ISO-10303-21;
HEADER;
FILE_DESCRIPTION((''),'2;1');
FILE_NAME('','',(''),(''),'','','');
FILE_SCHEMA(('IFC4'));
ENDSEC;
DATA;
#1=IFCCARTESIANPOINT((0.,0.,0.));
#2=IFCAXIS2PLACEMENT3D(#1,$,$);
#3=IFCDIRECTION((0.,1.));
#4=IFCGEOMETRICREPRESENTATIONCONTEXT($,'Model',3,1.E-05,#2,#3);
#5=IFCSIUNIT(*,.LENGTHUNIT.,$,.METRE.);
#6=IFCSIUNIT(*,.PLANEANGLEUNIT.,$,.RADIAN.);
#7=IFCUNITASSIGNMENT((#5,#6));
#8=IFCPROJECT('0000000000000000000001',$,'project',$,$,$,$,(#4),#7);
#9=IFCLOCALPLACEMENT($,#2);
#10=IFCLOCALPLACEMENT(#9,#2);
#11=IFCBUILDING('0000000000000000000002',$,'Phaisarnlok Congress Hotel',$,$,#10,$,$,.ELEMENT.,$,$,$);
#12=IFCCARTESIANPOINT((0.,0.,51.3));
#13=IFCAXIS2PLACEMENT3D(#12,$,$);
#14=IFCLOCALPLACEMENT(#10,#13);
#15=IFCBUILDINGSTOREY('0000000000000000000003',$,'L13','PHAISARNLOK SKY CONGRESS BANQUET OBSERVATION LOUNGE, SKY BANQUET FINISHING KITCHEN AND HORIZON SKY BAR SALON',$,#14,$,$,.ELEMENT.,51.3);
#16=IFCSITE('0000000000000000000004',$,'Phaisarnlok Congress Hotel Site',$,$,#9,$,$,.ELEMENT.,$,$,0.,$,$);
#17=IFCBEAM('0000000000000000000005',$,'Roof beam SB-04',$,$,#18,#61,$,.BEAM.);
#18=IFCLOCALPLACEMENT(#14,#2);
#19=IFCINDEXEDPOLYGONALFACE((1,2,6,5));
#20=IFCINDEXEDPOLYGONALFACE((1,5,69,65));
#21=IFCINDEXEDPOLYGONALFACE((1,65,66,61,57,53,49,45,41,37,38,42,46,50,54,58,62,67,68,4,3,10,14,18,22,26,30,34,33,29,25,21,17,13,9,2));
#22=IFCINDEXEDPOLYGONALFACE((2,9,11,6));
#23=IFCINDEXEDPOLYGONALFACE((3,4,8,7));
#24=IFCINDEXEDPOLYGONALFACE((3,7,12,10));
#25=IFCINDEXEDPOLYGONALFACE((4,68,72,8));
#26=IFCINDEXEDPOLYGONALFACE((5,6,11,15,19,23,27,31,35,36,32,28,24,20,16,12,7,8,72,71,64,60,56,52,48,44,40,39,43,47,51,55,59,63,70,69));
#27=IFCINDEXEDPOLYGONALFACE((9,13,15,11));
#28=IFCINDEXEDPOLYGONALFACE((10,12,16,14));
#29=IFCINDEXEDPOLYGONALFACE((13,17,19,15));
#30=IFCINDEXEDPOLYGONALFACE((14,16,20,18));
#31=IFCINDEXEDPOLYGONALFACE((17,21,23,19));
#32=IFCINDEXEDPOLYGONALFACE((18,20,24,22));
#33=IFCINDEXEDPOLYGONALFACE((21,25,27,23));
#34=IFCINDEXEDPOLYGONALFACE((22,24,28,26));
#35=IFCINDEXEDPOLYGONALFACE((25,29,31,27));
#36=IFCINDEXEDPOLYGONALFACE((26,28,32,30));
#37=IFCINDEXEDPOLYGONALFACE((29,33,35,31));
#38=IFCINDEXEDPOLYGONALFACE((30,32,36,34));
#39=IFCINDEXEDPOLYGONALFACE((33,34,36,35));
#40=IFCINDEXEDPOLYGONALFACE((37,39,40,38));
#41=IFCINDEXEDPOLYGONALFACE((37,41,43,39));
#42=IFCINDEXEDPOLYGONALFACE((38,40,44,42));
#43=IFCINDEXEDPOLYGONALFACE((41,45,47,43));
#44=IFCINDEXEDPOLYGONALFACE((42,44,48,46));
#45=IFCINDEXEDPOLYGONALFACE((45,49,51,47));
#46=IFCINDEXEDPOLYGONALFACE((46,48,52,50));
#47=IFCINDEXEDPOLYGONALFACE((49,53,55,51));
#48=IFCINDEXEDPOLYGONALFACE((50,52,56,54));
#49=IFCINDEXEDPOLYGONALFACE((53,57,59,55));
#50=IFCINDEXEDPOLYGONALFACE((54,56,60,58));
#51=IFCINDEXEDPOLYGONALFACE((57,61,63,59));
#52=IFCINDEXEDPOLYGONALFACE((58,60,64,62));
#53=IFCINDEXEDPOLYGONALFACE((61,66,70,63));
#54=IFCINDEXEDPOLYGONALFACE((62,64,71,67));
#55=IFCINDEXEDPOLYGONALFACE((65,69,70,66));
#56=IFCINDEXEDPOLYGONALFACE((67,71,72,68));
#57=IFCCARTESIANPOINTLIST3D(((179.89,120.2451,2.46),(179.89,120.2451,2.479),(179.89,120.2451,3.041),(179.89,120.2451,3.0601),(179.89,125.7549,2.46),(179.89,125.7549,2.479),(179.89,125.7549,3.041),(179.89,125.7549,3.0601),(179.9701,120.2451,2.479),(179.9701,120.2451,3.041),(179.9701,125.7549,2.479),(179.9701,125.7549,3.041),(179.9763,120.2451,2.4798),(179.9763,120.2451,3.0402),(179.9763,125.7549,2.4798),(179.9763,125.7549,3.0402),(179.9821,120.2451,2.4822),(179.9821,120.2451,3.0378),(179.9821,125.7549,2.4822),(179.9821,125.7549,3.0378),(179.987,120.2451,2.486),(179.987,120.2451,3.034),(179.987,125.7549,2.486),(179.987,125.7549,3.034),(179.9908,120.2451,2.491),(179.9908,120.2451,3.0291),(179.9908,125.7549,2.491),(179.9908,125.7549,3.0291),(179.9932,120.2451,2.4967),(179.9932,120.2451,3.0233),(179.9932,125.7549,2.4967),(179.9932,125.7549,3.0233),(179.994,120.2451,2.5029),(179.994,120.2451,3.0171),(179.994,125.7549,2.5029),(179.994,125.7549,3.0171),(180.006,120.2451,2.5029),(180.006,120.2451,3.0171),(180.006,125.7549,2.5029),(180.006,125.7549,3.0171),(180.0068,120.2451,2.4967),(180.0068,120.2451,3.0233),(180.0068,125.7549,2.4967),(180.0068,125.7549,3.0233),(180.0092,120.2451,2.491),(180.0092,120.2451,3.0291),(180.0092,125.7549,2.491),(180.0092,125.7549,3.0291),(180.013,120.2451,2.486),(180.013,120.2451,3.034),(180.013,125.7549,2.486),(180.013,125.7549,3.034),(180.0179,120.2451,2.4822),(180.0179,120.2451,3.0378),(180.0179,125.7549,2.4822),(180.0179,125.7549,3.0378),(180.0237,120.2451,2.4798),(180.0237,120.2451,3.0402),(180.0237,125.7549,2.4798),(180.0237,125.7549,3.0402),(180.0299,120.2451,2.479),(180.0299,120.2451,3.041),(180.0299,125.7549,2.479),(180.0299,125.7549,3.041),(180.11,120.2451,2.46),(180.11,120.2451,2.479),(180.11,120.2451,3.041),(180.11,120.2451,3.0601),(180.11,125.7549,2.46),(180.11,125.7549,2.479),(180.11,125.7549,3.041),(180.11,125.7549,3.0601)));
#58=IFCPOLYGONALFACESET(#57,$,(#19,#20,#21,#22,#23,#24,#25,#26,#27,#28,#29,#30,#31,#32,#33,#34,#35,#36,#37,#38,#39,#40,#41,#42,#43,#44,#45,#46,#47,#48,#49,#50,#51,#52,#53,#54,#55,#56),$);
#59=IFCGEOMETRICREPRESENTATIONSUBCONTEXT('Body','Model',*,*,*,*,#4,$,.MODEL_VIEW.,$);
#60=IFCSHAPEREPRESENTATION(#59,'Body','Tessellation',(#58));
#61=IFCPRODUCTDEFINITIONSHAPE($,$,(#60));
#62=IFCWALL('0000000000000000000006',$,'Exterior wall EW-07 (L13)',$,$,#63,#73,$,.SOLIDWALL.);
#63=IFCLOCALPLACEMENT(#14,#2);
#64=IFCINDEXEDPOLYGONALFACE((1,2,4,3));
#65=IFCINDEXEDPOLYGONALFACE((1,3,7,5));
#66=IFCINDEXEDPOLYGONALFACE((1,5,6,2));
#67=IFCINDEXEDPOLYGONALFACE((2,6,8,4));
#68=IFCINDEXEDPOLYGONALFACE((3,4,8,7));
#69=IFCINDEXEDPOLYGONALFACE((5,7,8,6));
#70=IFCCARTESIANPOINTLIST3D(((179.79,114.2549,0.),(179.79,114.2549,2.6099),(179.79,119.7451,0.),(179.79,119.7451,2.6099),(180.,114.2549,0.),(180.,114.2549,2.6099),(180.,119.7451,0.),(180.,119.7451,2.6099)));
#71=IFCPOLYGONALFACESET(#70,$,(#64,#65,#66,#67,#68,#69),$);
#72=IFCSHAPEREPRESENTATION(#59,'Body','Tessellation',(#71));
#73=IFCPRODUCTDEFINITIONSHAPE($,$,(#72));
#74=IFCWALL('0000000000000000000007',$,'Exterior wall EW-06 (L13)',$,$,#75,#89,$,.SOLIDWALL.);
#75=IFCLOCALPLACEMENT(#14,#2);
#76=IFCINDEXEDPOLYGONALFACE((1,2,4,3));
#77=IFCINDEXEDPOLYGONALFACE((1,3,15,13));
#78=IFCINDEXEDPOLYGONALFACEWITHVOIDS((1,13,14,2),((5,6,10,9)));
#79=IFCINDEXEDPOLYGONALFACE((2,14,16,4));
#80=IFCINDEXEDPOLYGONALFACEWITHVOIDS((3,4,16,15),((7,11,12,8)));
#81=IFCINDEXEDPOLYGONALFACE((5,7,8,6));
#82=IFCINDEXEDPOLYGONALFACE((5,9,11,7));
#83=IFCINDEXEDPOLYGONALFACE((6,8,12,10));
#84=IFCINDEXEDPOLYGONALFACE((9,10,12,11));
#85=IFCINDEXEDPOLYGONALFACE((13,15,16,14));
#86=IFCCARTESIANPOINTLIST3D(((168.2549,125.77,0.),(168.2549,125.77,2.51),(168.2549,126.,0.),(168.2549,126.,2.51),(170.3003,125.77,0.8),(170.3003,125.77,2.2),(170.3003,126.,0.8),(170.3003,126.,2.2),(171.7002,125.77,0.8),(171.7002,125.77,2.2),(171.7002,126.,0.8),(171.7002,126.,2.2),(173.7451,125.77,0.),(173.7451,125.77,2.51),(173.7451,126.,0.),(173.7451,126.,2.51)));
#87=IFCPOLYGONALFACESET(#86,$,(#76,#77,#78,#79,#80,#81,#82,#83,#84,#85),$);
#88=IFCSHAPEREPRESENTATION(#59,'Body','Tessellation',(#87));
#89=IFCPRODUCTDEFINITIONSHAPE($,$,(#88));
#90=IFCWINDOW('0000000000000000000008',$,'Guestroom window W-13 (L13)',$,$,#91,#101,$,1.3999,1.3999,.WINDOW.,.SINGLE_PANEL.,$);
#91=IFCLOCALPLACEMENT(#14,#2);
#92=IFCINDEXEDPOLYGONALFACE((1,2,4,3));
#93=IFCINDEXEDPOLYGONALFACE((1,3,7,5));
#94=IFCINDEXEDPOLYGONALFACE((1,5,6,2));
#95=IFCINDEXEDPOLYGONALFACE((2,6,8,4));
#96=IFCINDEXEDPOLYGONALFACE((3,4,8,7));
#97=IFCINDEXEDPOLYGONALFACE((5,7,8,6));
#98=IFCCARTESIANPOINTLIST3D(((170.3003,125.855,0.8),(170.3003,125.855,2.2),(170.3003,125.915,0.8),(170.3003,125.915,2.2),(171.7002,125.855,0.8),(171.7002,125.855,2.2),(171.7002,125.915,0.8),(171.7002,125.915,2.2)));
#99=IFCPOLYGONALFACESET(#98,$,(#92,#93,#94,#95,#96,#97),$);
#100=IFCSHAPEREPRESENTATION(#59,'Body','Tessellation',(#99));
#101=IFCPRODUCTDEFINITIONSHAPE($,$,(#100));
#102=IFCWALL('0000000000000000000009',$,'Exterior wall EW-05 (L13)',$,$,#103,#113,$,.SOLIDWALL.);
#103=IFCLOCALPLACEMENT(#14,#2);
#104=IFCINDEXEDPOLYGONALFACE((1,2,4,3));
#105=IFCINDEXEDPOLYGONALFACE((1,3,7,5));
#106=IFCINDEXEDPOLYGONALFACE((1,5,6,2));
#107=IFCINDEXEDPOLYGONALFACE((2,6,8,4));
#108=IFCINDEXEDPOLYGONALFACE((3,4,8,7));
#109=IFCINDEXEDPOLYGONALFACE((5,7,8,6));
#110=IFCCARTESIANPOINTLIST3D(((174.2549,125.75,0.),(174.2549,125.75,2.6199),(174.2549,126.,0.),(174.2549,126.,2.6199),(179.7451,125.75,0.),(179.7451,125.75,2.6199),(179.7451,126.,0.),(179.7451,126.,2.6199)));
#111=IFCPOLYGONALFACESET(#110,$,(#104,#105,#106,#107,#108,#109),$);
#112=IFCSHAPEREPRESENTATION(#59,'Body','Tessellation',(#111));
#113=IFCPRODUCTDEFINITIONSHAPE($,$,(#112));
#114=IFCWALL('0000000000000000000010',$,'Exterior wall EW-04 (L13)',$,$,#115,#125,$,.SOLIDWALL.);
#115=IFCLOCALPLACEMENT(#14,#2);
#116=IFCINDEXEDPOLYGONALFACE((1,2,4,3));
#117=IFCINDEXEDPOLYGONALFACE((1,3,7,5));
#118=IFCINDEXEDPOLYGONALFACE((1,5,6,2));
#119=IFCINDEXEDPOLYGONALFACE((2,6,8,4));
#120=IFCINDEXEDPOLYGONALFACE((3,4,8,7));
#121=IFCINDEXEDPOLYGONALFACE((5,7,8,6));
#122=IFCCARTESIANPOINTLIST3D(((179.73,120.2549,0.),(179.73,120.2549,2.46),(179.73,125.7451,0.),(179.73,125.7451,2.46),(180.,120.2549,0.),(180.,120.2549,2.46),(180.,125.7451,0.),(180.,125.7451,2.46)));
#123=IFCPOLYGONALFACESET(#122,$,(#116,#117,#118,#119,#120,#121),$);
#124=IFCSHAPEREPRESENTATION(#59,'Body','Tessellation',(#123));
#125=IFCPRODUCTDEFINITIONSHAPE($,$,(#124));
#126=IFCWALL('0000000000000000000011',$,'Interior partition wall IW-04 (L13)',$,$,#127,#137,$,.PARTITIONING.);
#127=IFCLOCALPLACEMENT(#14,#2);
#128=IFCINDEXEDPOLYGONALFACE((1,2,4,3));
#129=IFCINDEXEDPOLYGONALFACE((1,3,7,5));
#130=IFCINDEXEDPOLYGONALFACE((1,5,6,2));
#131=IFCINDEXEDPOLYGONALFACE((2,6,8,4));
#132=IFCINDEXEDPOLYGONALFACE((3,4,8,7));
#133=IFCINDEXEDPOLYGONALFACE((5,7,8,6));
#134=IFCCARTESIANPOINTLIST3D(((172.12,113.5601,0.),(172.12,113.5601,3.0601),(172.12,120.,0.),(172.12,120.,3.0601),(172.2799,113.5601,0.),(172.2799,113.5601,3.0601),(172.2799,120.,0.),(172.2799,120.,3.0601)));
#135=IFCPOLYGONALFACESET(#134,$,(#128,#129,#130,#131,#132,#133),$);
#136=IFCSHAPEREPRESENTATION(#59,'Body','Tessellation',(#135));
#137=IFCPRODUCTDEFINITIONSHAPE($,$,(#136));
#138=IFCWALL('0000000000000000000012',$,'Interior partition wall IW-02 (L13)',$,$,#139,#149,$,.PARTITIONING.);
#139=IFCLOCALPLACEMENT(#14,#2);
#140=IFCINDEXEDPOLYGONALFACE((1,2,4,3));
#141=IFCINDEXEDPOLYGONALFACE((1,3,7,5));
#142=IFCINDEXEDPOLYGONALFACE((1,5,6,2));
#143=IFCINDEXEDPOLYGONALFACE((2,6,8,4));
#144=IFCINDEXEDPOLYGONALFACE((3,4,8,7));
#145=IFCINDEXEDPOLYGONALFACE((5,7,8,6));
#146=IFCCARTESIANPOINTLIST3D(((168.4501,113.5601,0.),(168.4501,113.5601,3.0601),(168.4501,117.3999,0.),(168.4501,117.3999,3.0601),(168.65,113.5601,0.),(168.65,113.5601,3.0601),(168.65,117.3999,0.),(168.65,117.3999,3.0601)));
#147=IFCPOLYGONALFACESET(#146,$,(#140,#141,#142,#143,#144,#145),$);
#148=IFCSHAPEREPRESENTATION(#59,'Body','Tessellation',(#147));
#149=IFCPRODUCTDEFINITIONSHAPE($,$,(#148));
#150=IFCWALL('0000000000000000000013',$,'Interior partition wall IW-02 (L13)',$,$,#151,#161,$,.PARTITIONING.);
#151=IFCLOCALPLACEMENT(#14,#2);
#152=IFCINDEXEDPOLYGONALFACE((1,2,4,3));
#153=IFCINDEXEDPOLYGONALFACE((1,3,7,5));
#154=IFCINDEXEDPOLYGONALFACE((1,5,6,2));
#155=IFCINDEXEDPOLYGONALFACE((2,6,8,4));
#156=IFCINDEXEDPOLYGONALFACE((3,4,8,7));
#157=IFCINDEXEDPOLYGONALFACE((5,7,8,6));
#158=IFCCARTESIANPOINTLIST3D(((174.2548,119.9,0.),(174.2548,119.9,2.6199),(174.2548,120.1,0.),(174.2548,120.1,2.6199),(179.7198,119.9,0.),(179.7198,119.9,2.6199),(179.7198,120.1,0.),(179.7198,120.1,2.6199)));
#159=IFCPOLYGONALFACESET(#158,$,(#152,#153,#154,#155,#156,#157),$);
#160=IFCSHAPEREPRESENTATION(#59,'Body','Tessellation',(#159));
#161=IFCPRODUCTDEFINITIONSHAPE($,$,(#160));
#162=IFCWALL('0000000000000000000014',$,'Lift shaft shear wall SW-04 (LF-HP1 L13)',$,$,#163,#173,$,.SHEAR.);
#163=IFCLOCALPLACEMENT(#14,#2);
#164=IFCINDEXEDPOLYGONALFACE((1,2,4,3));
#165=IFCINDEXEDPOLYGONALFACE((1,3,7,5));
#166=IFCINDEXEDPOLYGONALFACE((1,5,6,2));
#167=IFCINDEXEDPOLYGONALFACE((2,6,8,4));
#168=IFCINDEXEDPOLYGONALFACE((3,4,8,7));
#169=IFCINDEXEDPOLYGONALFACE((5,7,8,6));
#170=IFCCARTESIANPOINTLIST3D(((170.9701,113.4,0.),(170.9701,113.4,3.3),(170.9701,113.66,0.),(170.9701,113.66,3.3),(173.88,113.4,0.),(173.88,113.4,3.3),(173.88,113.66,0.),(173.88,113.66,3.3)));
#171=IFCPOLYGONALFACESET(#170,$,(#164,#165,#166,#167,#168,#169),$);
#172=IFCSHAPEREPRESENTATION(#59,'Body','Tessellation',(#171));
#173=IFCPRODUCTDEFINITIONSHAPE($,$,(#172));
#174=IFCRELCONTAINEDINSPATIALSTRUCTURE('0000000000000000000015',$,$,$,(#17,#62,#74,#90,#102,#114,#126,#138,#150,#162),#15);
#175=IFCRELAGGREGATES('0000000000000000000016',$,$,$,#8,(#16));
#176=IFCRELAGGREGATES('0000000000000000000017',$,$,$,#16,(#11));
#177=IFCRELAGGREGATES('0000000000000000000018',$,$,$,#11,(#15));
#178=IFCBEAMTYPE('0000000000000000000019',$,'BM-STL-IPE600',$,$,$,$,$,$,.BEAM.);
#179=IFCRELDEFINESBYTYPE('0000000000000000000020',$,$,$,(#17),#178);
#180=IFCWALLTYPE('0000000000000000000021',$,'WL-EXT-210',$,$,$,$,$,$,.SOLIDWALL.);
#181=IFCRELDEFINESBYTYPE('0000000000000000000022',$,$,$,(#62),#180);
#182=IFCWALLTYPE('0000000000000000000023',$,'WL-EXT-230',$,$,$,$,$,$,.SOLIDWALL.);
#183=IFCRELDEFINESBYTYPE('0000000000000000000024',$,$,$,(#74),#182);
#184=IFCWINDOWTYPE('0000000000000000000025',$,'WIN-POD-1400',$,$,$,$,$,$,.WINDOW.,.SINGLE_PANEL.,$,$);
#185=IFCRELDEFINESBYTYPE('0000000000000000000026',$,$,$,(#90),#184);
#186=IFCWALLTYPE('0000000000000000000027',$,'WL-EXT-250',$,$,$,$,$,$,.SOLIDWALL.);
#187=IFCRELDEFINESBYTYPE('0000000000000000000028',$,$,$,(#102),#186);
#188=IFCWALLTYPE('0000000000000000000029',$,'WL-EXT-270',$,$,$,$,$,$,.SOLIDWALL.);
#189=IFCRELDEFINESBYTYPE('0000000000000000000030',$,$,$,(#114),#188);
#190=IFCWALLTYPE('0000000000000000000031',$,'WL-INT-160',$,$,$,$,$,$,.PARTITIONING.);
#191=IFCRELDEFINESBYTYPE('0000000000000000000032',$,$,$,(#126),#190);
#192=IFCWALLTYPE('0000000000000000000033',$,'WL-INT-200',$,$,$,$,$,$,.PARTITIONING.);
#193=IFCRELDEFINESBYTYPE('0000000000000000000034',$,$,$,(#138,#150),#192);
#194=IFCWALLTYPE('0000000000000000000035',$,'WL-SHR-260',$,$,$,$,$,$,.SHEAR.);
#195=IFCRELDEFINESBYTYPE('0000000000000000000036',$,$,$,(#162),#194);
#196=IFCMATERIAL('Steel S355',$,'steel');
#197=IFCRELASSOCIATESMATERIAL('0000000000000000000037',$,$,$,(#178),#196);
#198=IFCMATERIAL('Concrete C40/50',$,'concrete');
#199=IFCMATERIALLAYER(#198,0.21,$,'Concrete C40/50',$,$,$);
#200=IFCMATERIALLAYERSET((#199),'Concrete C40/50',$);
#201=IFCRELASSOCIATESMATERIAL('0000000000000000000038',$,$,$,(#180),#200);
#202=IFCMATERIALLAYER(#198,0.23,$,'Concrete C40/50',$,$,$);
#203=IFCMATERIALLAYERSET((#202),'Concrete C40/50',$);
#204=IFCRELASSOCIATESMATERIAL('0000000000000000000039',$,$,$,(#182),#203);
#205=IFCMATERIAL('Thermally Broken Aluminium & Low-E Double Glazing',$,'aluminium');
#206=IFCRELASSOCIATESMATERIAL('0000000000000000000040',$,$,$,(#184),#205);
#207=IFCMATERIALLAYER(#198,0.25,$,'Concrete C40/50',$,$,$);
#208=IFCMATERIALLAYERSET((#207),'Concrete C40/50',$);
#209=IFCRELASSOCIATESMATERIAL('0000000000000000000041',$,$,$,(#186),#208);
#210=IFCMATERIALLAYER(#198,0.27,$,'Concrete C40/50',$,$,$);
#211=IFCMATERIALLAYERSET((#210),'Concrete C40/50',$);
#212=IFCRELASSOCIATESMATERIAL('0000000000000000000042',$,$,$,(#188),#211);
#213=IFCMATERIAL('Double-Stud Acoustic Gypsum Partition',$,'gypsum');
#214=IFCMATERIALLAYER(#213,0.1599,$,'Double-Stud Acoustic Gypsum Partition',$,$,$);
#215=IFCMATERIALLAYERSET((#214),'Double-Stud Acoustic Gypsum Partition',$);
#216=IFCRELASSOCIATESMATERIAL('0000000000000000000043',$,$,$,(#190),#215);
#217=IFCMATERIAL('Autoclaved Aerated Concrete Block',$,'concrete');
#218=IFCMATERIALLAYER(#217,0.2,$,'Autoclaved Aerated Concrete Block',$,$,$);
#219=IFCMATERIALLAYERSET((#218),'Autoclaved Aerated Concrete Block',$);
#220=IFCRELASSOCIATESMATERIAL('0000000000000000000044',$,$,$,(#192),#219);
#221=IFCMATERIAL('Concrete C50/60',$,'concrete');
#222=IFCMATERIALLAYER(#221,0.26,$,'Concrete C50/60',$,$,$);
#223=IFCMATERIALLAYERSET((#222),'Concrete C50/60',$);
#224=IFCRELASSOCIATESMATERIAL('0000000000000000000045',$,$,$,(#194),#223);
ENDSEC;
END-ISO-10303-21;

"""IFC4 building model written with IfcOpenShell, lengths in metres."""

from ifc_helpers import new_model, si_unit, direction, frame, frame_2d, origin, origin_2d, place, context, subcontext, project, spatial, rectangle, i_section, extrude, material, layer, layer_set, material_profile, profile_set, type_object, element, fill, save


model = new_model("IFC4")

# Units and contexts
model_context = context("Model", 3, precision=1e-05, world=origin(), true_north=direction((0.0, 1.0)))
body_context = subcontext(model_context, "Body", "Model", "MODEL_VIEW")
ifc_project = project(units=[si_unit("LENGTHUNIT", "METRE"), si_unit("PLANEANGLEUNIT", "RADIAN")], contexts=[model_context])

# Site, building, storey
site_placement = place(None, origin())
site = spatial("IfcSite", under=ifc_project, at=site_placement, Name="Phaisarnlok Congress Hotel Site", CompositionType="ELEMENT", RefElevation=0.0)
building_placement = place(site_placement, origin())
building = spatial("IfcBuilding", under=site, at=building_placement, Name="Phaisarnlok Congress Hotel", CompositionType="ELEMENT")
storey_placement = place(building_placement, frame((0.0, 0.0, 51.3)))
storey = spatial("IfcBuildingStorey", under=building, at=storey_placement, Name="L13", Description="PHAISARNLOK SKY CONGRESS BANQUET OBSERVATION LOUNGE, SKY BANQUET FINISHING KITCHEN AND HORIZON SKY BAR SALON", CompositionType="ELEMENT", Elevation=51.3)

# Shared definitions
ifc_material_1 = material(Name="Concrete C50/60", Category="concrete")

# Beam
ifc_material_2 = material(Name="Steel S355", Category="steel")
ifc_material_profile_1 = material_profile(ifc_material_2, i_section(OverallWidth=0.22, OverallDepth=0.6001, WebThickness=0.012, FlangeThickness=0.019, FilletRadius=0.0239, at=origin_2d()), Name="IPE 600")
ifc_profile_set_1 = profile_set([ifc_material_profile_1], Name="Steel S355")
beam_type_1 = type_object("IfcBeamType", Name="BM-STL-IPE600", PredefinedType="BEAM", material=ifc_profile_set_1)
for number, where, z_axis, x_axis, name in (
    (1, (180.0, 120.2451, 2.76), (0.0, 1.0, 0.0), (-1.0, 0.0, 0.0), "Roof beam SB-04"),
):
    element("IfcBeam", number, at=place(storey_placement, frame(where, z_axis=z_axis, x_axis=x_axis)), inside=storey, type_object=beam_type_1, Name=name, PredefinedType="BEAM", context=body_context, shape_type="SweptSolid", body=[
        extrude(i_section(OverallWidth=0.22, OverallDepth=0.6001, WebThickness=0.012, FlangeThickness=0.019, FilletRadius=0.0239, at=origin_2d()), origin(), (0.0, 0.0, 1.0), 5.5098),
    ])

# Wall
ifc_material_3 = material(Name="Concrete C40/50", Category="concrete")
ifc_layer_1 = layer(ifc_material_3, 0.21, Name="Concrete C40/50")
ifc_layer_set_1 = layer_set([ifc_layer_1], Name="Concrete C40/50")
wall_type_1 = type_object("IfcWallType", Name="WL-EXT-210", PredefinedType="SOLIDWALL", material=ifc_layer_set_1)
wall_1_placement = place(storey_placement, frame((179.895, 114.2549, 0.0), z_axis=(0.0, 0.0, 1.0), x_axis=(0.0, 1.0, 0.0)))
element("IfcWall", 2, at=wall_1_placement, inside=storey, type_object=wall_type_1, Name="Exterior wall EW-07 (L13)", PredefinedType="SOLIDWALL", context=body_context, shape_type="SweptSolid", body=[
    extrude(rectangle(XDim=5.4902, YDim=0.21, at=frame_2d((2.7451, 0.0))), origin(), (0.0, 0.0, 1.0), 2.6099),
])

# Wall, opening, window
ifc_layer_2 = layer(ifc_material_3, 0.23, Name="Concrete C40/50")
ifc_layer_set_2 = layer_set([ifc_layer_2], Name="Concrete C40/50")
wall_type_2 = type_object("IfcWallType", Name="WL-EXT-230", PredefinedType="SOLIDWALL", material=ifc_layer_set_2)
wall_2_placement = place(storey_placement, frame((173.7451, 125.885, 0.0), z_axis=(0.0, 0.0, 1.0), x_axis=(-1.0, 0.0, 0.0)))
wall_2 = element("IfcWall", 3, at=wall_2_placement, inside=storey, type_object=wall_type_2, Name="Exterior wall EW-06 (L13)", PredefinedType="SOLIDWALL", context=body_context, shape_type="SweptSolid", body=[
    extrude(rectangle(XDim=5.4902, YDim=0.23, at=frame_2d((2.7451, 0.0))), origin(), (0.0, 0.0, 1.0), 2.51),
])
opening_1_placement = place(wall_2_placement, frame((2.0449, 0.0, 0.8)))
opening_1 = element("IfcOpeningElement", 4, at=opening_1_placement, cuts=wall_2, PredefinedType="OPENING", context=body_context, shape_type="SweptSolid", body=[
    extrude(rectangle(XDim=1.3999, YDim=1.3999, at=frame_2d((0.7, 0.7))), frame((0.0, 0.125, 0.0), z_axis=(0.0, -1.0, 0.0), x_axis=(1.0, 0.0, 0.0)), (0.0, 0.0, 1.0), 0.25),
])
ifc_material_4 = material(Name="Thermally Broken Aluminium & Low-E Double Glazing", Category="aluminium")
window_type = type_object("IfcWindowType", Name="WIN-POD-1400", PartitioningType="SINGLE_PANEL", PredefinedType="WINDOW", material=ifc_material_4)
window_placement = place(opening_1_placement, origin())
window = element("IfcWindow", 5, at=window_placement, inside=storey, type_object=window_type, Name="Guestroom window W-13 (L13)", OverallHeight=1.3999, OverallWidth=1.3999, PartitioningType="SINGLE_PANEL", PredefinedType="WINDOW", context=body_context, shape_type="SweptSolid", body=[
    extrude(rectangle(XDim=1.3999, YDim=1.3999, at=frame_2d((0.7, 0.7))), frame((0.0, 0.03, 0.0), z_axis=(0.0, -1.0, 0.0), x_axis=(1.0, 0.0, 0.0)), (0.0, 0.0, 1.0), 0.0601),
])
fill(opening_1, window)

# Walls
ifc_layer_3 = layer(ifc_material_3, 0.25, Name="Concrete C40/50")
ifc_layer_set_3 = layer_set([ifc_layer_3], Name="Concrete C40/50")
wall_type_3 = type_object("IfcWallType", Name="WL-EXT-250", PredefinedType="SOLIDWALL", material=ifc_layer_set_3)
wall_3_placement = place(storey_placement, frame((179.7451, 125.875, 0.0), z_axis=(0.0, 0.0, 1.0), x_axis=(-1.0, 0.0, 0.0)))
element("IfcWall", 6, at=wall_3_placement, inside=storey, type_object=wall_type_3, Name="Exterior wall EW-05 (L13)", PredefinedType="SOLIDWALL", context=body_context, shape_type="SweptSolid", body=[
    extrude(rectangle(XDim=5.4902, YDim=0.25, at=frame_2d((2.7451, 0.0))), origin(), (0.0, 0.0, 1.0), 2.6199),
])
ifc_layer_4 = layer(ifc_material_3, 0.27, Name="Concrete C40/50")
ifc_layer_set_4 = layer_set([ifc_layer_4], Name="Concrete C40/50")
wall_type_4 = type_object("IfcWallType", Name="WL-EXT-270", PredefinedType="SOLIDWALL", material=ifc_layer_set_4)
wall_4_placement = place(storey_placement, frame((179.865, 120.2549, 0.0), z_axis=(0.0, 0.0, 1.0), x_axis=(0.0, 1.0, 0.0)))
element("IfcWall", 7, at=wall_4_placement, inside=storey, type_object=wall_type_4, Name="Exterior wall EW-04 (L13)", PredefinedType="SOLIDWALL", context=body_context, shape_type="SweptSolid", body=[
    extrude(rectangle(XDim=5.4902, YDim=0.27, at=frame_2d((2.7451, 0.0))), origin(), (0.0, 0.0, 1.0), 2.46),
])
ifc_material_5 = material(Name="Double-Stud Acoustic Gypsum Partition", Category="gypsum")
ifc_layer_5 = layer(ifc_material_5, 0.1599, Name="Double-Stud Acoustic Gypsum Partition")
ifc_layer_set_5 = layer_set([ifc_layer_5], Name="Double-Stud Acoustic Gypsum Partition")
wall_type_5 = type_object("IfcWallType", Name="WL-INT-160", PredefinedType="PARTITIONING", material=ifc_layer_set_5)
wall_5_placement = place(storey_placement, frame((172.2, 113.5601, 0.0), z_axis=(0.0, 0.0, 1.0), x_axis=(0.0, 1.0, 0.0)))
element("IfcWall", 8, at=wall_5_placement, inside=storey, type_object=wall_type_5, Name="Interior partition wall IW-04 (L13)", PredefinedType="PARTITIONING", context=body_context, shape_type="SweptSolid", body=[
    extrude(rectangle(XDim=6.4399, YDim=0.1599, at=frame_2d((3.22, 0.0))), origin(), (0.0, 0.0, 1.0), 3.0601),
])
ifc_material_6 = material(Name="Autoclaved Aerated Concrete Block", Category="concrete")
ifc_layer_6 = layer(ifc_material_6, 0.2, Name="Autoclaved Aerated Concrete Block")
ifc_layer_set_6 = layer_set([ifc_layer_6], Name="Autoclaved Aerated Concrete Block")
wall_type_6 = type_object("IfcWallType", Name="WL-INT-200", PredefinedType="PARTITIONING", material=ifc_layer_set_6)
wall_6_placement = place(storey_placement, frame((168.55, 113.5601, 0.0), z_axis=(0.0, 0.0, 1.0), x_axis=(0.0, 1.0, 0.0)))
element("IfcWall", 9, at=wall_6_placement, inside=storey, type_object=wall_type_6, Name="Interior partition wall IW-02 (L13)", PredefinedType="PARTITIONING", context=body_context, shape_type="SweptSolid", body=[
    extrude(rectangle(XDim=3.8398, YDim=0.2, at=frame_2d((1.9199, 0.0))), origin(), (0.0, 0.0, 1.0), 3.0601),
])
wall_7_placement = place(storey_placement, frame((174.2549, 120.0, 0.0), z_axis=(0.0, 0.0, 1.0), x_axis=(1.0, 0.0, 0.0)))
element("IfcWall", 10, at=wall_7_placement, inside=storey, type_object=wall_type_6, Name="Interior partition wall IW-02 (L13)", PredefinedType="PARTITIONING", context=body_context, shape_type="SweptSolid", body=[
    extrude(rectangle(XDim=5.4651, YDim=0.2, at=frame_2d((2.7324, 0.0))), origin(), (0.0, 0.0, 1.0), 2.6199),
])
ifc_layer_7 = layer(ifc_material_1, 0.26, Name="Concrete C50/60")
ifc_layer_set_7 = layer_set([ifc_layer_7], Name="Concrete C50/60")
wall_type_7 = type_object("IfcWallType", Name="WL-SHR-260", PredefinedType="SHEAR", material=ifc_layer_set_7)
wall_8_placement = place(storey_placement, frame((170.97, 113.53, 0.0), z_axis=(0.0, 0.0, 1.0), x_axis=(1.0, 0.0, 0.0)))
element("IfcWall", 11, at=wall_8_placement, inside=storey, type_object=wall_type_7, Name="Lift shaft shear wall SW-04 (LF-HP1 L13)", PredefinedType="SHEAR", context=body_context, shape_type="SweptSolid", body=[
    extrude(rectangle(XDim=2.9099, YDim=0.26, at=frame_2d((1.4551, 0.0))), origin(), (0.0, 0.0, 1.0), 3.3),
])

save(model, "model.ifc")
